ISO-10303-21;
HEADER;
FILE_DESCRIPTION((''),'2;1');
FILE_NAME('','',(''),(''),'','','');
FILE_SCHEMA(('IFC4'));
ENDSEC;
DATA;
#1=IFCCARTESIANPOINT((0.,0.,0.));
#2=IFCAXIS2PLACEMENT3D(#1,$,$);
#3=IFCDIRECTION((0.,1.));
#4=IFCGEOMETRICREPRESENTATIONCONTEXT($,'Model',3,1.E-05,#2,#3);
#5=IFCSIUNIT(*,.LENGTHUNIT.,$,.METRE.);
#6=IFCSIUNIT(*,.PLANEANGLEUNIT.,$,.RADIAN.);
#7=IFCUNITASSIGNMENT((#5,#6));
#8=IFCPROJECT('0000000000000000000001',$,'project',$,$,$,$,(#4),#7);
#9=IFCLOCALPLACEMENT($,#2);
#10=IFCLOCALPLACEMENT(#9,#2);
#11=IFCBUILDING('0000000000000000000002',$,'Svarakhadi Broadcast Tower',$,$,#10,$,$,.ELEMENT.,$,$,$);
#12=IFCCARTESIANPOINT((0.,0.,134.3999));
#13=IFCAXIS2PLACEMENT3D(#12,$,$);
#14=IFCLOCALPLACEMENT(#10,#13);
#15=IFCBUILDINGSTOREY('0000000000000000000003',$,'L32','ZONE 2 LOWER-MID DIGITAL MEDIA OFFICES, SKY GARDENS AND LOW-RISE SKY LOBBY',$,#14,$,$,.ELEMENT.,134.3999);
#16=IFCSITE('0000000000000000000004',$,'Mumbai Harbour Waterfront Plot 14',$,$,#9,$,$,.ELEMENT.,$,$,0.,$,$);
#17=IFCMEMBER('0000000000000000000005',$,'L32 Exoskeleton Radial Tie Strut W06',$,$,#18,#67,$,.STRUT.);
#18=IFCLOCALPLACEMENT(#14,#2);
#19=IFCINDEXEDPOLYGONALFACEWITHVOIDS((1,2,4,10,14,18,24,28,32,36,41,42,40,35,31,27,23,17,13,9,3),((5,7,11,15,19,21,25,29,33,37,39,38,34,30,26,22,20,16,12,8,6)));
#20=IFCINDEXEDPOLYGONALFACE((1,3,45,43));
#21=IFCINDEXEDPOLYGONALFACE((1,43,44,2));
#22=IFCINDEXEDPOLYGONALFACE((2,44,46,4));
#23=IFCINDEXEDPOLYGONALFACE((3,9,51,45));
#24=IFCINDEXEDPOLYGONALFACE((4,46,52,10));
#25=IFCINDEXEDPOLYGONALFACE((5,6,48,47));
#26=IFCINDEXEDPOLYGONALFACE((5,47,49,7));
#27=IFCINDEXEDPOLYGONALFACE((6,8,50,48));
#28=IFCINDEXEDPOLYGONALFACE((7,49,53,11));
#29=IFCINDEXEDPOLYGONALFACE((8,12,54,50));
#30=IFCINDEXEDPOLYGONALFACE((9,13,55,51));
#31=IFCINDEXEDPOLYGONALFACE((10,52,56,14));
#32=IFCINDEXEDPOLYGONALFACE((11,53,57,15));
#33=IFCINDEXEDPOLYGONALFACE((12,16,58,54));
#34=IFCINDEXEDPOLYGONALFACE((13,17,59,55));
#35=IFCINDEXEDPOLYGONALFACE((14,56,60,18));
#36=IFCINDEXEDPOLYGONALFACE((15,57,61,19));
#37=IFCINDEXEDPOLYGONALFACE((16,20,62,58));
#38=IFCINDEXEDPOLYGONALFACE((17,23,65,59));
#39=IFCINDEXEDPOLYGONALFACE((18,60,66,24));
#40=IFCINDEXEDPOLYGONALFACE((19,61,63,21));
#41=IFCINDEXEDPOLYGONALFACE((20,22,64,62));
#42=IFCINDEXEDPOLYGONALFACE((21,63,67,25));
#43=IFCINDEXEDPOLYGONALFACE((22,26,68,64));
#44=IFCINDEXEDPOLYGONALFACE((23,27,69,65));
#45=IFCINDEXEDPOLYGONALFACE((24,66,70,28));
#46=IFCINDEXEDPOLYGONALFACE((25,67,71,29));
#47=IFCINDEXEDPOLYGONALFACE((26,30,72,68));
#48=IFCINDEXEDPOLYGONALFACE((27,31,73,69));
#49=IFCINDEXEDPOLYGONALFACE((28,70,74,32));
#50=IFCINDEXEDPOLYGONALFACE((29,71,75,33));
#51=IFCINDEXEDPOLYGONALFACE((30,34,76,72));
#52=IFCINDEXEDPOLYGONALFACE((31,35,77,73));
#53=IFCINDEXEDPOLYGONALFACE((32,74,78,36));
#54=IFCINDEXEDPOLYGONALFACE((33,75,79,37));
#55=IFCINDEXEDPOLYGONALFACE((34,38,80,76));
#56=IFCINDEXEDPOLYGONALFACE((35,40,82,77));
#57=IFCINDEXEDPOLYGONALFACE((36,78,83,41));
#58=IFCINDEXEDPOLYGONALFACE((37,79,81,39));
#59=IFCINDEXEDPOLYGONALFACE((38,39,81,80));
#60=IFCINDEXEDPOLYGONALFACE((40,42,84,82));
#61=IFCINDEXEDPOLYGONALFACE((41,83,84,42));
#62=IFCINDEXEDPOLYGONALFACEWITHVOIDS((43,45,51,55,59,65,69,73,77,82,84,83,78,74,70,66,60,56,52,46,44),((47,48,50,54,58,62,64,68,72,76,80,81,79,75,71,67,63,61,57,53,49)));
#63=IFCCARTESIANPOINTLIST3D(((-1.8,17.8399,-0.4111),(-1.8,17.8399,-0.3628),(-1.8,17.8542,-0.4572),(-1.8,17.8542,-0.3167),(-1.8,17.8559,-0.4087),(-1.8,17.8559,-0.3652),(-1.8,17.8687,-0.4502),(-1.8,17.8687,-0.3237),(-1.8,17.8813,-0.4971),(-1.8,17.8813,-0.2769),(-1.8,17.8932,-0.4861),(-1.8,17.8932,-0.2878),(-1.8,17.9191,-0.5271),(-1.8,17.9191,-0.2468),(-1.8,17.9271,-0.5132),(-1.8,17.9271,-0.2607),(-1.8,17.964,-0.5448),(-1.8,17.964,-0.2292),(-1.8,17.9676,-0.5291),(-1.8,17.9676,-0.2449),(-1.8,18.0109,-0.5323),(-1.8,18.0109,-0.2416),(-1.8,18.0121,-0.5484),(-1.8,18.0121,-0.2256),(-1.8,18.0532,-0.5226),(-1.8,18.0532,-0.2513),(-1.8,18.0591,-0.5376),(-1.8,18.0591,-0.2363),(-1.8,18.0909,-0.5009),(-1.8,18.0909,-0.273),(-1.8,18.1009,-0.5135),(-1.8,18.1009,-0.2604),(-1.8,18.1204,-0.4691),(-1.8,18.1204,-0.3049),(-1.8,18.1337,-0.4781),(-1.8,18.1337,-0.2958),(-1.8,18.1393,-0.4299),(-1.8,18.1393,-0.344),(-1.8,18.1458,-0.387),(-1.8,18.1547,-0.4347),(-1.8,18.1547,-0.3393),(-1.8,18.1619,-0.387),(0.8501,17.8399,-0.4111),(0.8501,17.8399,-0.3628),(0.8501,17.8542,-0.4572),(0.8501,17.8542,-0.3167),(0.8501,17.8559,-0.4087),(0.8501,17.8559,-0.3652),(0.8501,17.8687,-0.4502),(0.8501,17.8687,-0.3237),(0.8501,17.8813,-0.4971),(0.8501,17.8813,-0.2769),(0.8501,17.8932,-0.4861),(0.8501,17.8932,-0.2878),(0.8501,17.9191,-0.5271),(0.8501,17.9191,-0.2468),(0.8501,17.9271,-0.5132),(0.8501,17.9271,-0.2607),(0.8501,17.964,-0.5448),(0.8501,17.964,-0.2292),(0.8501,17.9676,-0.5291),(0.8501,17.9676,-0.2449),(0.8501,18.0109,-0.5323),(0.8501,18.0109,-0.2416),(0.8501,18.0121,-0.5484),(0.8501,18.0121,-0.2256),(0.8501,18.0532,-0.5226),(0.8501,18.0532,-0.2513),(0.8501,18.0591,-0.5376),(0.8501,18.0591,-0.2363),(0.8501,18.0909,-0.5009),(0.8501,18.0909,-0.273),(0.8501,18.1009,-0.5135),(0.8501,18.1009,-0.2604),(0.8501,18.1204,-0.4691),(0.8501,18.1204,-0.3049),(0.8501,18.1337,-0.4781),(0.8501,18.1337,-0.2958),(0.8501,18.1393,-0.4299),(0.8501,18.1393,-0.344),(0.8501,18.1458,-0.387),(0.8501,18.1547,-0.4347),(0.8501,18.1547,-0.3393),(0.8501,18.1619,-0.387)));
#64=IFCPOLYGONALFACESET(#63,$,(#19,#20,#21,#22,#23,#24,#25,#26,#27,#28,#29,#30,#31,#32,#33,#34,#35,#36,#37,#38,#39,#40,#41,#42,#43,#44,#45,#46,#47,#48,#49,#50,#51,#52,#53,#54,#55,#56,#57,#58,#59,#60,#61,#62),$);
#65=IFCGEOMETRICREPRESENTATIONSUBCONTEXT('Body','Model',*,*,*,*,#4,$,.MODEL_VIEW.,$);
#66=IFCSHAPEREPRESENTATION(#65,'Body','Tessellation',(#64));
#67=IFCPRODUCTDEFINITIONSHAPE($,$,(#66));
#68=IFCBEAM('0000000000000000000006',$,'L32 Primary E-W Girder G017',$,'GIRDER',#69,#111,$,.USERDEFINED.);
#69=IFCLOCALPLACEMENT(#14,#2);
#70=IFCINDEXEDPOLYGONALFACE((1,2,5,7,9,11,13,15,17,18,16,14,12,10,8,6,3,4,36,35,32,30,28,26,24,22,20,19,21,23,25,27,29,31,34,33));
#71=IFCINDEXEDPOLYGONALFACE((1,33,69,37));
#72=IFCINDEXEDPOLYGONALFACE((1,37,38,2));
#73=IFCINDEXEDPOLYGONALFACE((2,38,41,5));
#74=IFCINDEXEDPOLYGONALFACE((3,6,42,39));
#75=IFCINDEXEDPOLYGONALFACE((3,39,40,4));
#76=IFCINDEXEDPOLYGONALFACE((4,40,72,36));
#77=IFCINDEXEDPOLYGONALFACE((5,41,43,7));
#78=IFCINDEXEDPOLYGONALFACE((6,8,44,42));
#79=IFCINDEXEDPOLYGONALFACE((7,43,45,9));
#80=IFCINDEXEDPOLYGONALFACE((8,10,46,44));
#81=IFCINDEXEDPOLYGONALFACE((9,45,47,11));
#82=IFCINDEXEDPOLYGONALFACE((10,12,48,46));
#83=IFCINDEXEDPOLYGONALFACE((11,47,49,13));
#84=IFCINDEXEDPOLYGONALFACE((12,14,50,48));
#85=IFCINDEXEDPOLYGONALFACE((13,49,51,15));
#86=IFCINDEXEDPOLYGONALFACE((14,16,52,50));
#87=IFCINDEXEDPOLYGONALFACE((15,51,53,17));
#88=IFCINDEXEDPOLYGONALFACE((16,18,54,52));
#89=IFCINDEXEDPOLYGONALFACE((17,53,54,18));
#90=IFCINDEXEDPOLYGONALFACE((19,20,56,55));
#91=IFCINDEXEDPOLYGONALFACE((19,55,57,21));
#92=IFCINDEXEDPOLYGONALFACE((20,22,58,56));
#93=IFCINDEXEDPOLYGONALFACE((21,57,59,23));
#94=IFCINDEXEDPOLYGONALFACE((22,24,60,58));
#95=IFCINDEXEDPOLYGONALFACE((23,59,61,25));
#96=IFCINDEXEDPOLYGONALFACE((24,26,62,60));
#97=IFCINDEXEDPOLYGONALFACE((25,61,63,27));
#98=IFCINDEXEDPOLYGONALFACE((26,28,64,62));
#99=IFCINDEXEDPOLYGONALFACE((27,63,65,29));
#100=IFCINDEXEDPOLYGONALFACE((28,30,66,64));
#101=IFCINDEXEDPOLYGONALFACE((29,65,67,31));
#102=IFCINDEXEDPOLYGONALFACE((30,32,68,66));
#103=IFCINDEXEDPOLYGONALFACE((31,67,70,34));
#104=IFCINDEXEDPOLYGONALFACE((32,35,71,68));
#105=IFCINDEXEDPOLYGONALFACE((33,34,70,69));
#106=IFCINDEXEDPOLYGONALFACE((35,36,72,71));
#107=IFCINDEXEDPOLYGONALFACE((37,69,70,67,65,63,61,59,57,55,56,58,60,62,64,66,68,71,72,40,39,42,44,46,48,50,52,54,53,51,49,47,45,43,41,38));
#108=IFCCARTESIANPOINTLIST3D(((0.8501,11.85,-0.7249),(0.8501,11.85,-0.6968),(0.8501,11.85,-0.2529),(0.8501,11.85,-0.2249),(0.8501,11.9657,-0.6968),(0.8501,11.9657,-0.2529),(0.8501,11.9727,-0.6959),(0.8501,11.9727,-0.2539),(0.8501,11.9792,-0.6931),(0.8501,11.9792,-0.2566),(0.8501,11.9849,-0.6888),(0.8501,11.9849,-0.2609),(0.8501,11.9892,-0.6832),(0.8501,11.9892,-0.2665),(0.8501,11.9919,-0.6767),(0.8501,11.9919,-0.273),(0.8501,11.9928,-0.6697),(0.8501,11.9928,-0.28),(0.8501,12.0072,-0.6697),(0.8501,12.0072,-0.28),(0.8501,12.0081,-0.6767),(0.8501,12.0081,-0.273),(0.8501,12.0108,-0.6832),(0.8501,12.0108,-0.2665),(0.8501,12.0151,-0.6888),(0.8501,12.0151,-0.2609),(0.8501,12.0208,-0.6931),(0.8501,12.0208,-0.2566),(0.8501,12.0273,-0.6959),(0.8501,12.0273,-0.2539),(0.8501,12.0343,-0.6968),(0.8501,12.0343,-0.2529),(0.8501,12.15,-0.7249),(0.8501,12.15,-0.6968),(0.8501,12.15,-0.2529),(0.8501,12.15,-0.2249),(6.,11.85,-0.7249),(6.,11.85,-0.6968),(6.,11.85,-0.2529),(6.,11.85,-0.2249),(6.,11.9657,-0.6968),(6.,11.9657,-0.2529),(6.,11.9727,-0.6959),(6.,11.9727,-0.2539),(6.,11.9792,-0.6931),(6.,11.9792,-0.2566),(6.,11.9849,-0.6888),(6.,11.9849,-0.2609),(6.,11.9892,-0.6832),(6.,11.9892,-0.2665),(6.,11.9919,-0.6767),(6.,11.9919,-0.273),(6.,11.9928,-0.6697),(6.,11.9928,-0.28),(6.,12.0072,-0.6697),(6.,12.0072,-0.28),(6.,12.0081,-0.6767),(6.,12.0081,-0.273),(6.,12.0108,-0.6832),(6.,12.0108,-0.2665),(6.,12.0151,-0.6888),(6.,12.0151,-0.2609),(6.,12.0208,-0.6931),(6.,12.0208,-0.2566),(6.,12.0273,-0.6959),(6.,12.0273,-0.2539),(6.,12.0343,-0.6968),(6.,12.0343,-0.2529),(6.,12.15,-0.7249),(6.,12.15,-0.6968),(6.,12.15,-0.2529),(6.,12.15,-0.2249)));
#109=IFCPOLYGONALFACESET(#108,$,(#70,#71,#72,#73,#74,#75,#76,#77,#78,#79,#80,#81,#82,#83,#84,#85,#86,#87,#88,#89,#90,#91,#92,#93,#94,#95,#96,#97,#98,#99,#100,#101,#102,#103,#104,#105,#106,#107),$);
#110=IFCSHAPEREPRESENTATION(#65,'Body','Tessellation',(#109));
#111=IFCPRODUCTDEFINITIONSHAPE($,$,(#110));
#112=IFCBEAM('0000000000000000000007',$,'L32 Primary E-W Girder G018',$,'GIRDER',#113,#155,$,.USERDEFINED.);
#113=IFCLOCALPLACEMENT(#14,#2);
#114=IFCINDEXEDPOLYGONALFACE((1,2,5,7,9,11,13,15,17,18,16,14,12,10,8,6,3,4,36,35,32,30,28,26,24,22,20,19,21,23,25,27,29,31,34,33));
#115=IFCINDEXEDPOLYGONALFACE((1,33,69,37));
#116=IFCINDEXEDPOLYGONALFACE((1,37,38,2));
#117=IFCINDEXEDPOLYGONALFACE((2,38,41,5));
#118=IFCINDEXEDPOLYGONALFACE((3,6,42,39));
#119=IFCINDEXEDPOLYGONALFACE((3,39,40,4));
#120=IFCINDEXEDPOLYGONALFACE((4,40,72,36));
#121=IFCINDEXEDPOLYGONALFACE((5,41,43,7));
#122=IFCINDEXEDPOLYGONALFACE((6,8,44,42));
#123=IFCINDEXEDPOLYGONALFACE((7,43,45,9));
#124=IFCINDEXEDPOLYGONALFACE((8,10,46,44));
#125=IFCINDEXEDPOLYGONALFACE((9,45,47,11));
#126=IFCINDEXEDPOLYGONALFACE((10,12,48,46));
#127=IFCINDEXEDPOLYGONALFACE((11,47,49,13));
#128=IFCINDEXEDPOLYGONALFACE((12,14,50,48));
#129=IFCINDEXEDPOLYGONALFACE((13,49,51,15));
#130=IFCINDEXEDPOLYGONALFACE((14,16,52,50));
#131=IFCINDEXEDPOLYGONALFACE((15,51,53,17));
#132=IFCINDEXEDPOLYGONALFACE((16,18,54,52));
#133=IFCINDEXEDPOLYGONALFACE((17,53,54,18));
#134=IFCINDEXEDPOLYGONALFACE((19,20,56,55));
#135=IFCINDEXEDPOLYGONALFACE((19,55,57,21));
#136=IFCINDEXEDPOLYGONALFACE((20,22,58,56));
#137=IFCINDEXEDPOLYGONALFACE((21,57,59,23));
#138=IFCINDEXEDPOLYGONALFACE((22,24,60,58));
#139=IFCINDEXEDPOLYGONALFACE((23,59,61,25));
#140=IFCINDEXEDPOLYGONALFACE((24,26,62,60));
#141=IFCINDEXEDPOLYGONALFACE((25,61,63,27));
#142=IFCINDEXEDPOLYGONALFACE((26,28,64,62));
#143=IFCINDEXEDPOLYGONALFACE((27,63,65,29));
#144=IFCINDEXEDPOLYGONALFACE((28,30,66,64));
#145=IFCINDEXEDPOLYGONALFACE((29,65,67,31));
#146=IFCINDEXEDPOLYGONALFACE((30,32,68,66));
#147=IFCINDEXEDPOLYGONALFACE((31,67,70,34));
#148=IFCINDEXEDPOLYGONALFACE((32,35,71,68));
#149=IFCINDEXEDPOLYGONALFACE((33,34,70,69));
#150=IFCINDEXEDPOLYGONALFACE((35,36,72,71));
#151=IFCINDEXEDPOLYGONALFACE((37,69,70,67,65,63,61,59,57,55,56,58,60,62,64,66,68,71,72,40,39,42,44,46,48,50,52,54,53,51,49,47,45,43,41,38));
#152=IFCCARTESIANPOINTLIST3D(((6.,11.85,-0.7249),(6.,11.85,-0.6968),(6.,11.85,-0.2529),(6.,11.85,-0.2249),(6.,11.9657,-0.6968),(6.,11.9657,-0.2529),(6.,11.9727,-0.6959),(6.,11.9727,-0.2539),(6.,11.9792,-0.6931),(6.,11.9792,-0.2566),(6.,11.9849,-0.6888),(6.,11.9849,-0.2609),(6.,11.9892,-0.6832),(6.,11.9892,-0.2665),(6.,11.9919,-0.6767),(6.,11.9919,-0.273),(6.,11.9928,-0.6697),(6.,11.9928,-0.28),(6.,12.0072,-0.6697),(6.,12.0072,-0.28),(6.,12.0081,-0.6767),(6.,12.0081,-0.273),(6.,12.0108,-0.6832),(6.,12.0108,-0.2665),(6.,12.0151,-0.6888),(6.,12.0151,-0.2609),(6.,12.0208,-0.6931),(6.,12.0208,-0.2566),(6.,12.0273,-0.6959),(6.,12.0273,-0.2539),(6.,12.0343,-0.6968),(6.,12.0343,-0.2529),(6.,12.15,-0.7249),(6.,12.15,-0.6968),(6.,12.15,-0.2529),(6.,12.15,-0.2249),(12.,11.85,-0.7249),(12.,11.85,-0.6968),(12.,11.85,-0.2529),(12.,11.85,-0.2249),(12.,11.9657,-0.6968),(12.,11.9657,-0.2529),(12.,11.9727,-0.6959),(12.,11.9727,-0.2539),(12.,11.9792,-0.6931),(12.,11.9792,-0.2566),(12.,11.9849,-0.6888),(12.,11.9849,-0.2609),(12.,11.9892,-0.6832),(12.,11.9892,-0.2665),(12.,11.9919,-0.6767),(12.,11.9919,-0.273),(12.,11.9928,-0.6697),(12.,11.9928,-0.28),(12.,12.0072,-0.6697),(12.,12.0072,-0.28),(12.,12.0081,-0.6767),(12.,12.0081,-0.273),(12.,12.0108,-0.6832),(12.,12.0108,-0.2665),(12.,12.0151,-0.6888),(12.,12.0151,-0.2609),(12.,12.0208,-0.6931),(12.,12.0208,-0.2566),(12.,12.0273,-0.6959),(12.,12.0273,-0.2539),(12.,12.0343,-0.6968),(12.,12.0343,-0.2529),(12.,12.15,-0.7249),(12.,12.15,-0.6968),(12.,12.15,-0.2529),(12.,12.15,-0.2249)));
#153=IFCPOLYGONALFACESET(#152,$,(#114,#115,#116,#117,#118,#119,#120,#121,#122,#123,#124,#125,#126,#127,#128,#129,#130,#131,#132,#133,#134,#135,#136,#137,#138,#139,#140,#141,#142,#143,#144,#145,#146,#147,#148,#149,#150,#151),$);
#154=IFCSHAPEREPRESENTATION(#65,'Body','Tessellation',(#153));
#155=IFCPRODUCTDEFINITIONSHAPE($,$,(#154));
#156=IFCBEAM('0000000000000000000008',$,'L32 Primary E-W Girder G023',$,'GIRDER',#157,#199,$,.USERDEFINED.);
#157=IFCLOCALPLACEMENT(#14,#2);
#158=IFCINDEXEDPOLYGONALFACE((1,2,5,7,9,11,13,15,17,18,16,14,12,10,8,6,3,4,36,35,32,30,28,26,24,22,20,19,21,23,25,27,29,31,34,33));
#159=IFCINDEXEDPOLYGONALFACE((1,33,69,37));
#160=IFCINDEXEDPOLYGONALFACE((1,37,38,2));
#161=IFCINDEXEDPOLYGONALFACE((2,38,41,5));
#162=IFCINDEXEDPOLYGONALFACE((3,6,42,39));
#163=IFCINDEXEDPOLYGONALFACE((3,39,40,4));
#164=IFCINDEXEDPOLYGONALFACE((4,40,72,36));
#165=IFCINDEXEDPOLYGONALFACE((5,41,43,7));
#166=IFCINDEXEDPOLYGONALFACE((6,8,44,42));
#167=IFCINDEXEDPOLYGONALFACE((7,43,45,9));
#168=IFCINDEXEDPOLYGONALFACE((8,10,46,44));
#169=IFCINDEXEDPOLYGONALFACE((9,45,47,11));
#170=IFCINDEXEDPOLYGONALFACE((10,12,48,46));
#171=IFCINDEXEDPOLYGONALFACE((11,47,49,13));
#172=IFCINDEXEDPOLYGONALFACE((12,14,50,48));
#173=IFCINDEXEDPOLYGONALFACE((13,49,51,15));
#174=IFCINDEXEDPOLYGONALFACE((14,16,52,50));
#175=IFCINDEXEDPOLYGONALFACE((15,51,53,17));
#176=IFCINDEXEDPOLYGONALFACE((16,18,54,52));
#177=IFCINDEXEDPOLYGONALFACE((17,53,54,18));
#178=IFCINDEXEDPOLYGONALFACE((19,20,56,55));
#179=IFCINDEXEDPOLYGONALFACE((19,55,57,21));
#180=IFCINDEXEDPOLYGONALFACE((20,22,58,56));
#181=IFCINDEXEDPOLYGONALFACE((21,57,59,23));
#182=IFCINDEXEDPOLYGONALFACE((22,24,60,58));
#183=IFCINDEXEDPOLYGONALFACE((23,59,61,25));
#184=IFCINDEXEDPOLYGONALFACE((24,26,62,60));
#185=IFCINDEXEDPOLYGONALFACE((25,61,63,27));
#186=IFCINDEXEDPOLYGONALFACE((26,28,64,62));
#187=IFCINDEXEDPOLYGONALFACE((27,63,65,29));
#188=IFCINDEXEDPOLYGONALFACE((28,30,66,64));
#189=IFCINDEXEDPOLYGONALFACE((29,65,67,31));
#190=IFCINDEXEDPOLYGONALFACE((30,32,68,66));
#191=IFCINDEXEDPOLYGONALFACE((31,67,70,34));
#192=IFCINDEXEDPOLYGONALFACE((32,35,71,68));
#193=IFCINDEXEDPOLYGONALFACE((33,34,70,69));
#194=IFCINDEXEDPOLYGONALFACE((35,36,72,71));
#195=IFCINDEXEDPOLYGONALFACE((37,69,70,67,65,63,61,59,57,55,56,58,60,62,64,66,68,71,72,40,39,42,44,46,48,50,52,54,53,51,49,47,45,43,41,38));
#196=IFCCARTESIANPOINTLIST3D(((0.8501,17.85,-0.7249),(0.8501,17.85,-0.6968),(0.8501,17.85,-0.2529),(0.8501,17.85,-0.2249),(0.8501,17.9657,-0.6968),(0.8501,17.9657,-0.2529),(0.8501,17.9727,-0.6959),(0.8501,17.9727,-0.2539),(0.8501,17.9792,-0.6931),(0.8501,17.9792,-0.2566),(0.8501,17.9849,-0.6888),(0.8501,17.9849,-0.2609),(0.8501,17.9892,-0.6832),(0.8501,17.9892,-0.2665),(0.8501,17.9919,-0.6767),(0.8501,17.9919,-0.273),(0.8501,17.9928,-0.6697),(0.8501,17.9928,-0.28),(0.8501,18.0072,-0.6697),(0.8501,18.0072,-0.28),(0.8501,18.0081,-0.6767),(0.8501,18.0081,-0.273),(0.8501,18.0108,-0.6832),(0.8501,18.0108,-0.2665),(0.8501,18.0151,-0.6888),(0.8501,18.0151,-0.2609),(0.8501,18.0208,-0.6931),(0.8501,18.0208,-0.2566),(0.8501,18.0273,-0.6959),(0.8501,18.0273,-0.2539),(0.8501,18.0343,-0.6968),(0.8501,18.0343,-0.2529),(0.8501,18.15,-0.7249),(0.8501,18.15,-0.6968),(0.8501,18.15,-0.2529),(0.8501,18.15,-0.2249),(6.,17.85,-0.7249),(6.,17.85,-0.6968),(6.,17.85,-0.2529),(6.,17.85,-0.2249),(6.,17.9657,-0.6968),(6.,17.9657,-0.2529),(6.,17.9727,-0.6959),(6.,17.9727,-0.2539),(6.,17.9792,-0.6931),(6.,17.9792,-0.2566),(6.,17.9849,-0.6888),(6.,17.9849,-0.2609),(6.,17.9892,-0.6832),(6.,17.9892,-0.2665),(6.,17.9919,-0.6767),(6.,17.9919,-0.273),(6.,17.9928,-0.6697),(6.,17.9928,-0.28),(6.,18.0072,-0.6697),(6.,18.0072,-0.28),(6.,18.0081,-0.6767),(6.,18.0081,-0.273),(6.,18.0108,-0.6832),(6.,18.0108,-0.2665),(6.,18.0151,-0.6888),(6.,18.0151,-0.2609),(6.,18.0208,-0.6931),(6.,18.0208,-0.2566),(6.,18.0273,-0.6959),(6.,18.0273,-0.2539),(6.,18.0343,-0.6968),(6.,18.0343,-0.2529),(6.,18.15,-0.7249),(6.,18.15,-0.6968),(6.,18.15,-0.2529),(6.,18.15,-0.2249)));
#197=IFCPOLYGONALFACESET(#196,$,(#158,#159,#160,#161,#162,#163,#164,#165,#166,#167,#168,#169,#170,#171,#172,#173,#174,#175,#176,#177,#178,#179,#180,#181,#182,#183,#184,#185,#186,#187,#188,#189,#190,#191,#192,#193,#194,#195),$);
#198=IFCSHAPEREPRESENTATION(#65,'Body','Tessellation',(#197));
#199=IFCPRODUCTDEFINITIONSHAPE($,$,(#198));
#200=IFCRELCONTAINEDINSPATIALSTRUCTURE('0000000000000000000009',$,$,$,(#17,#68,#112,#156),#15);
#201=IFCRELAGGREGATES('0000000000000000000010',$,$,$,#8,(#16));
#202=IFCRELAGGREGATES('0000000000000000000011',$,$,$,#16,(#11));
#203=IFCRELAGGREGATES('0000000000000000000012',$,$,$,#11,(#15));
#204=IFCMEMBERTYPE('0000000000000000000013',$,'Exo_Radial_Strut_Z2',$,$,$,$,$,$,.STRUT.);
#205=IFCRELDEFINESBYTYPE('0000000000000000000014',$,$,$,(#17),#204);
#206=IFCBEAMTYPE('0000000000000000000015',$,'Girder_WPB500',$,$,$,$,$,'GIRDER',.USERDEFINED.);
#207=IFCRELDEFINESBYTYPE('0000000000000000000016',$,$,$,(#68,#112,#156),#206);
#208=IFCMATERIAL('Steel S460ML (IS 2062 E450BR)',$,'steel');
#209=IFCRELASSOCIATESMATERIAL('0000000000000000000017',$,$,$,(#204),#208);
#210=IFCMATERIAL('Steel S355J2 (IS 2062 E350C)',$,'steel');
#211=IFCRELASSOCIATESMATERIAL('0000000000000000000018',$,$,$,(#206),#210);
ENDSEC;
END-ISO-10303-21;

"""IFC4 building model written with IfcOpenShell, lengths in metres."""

from ifc_helpers import new_model, si_unit, direction, frame, origin, origin_2d, place, context, subcontext, project, spatial, hollow_circle, i_section, extrude, material, material_profile, profile_set, type_object, element, save


model = new_model("IFC4")

# Units and contexts
model_context = context("Model", 3, precision=1e-05, world=origin(), true_north=direction((0.0, 1.0)))
body_context = subcontext(model_context, "Body", "Model", "MODEL_VIEW")
ifc_project = project(units=[si_unit("LENGTHUNIT", "METRE"), si_unit("PLANEANGLEUNIT", "RADIAN")], contexts=[model_context])

# Site, building, storey
site_placement = place(None, origin())
site = spatial("IfcSite", under=ifc_project, at=site_placement, Name="Mumbai Harbour Waterfront Plot 14", CompositionType="ELEMENT", RefElevation=0.0)
building_placement = place(site_placement, origin())
building = spatial("IfcBuilding", under=site, at=building_placement, Name="Svarakhadi Broadcast Tower", CompositionType="ELEMENT")
storey_placement = place(building_placement, frame((0.0, 0.0, 134.3999)))
storey = spatial("IfcBuildingStorey", under=building, at=storey_placement, Name="L32", Description="ZONE 2 LOWER-MID DIGITAL MEDIA OFFICES, SKY GARDENS AND LOW-RISE SKY LOBBY", CompositionType="ELEMENT", Elevation=134.3999)

# Shared definitions
ifc_material_1 = material(Name="Steel S460ML (IS 2062 E450BR)", Category="steel")

# Shared definitions
ifc_material_2 = material(Name="Steel S355J2 (IS 2062 E350C)", Category="steel")

# Member
ifc_material_profile_1 = material_profile(ifc_material_1, hollow_circle(Radius=0.1619, WallThickness=0.0161, at=origin_2d()), Name="CHS 323.9x16")
ifc_profile_set_1 = profile_set([ifc_material_profile_1], Name="Steel S460ML (IS 2062 E450BR)")
member_type_1 = type_object("IfcMemberType", Name="Exo_Radial_Strut_Z2", PredefinedType="STRUT", material=ifc_profile_set_1)
member_1_placement = place(storey_placement, frame((-1.8, 18.0, -0.387), z_axis=(1.0, 0.0, 0.0), x_axis=(0.0, 1.0, 0.0)))
element("IfcMember", 1, at=member_1_placement, inside=storey, type_object=member_type_1, Name="L32 Exoskeleton Radial Tie Strut W06", PredefinedType="STRUT", context=body_context, shape_type="SweptSolid", body=[
    extrude(hollow_circle(Radius=0.1619, WallThickness=0.0161, at=origin_2d()), origin(), (0.0, 0.0, 1.0), 2.6501),
])

# Beams
ifc_material_profile_2 = material_profile(ifc_material_2, i_section(OverallWidth=0.3, OverallDepth=0.5, WebThickness=0.0144, FlangeThickness=0.0281, FilletRadius=0.0271, at=origin_2d()), Name="WPB 500x300x187")
ifc_profile_set_2 = profile_set([ifc_material_profile_2], Name="Steel S355J2 (IS 2062 E350C)")
beam_type_1 = type_object("IfcBeamType", Name="Girder_WPB500", ElementType="GIRDER", PredefinedType="USERDEFINED", material=ifc_profile_set_2)
beam_1_placement = place(storey_placement, frame((0.8501, 12.0, -0.4749), z_axis=(1.0, 0.0, 0.0), x_axis=(0.0, 1.0, 0.0)))
element("IfcBeam", 2, at=beam_1_placement, inside=storey, type_object=beam_type_1, Name="L32 Primary E-W Girder G017", ObjectType="GIRDER", PredefinedType="USERDEFINED", context=body_context, shape_type="SweptSolid", body=[
    extrude(i_section(OverallWidth=0.3, OverallDepth=0.5, WebThickness=0.0144, FlangeThickness=0.0281, FilletRadius=0.0271, at=origin_2d()), origin(), (0.0, 0.0, 1.0), 5.1499),
])
beam_2_placement = place(storey_placement, frame((6.0, 12.0, -0.4749), z_axis=(1.0, 0.0, 0.0), x_axis=(0.0, 1.0, 0.0)))
element("IfcBeam", 3, at=beam_2_placement, inside=storey, type_object=beam_type_1, Name="L32 Primary E-W Girder G018", ObjectType="GIRDER", PredefinedType="USERDEFINED", context=body_context, shape_type="SweptSolid", body=[
    extrude(i_section(OverallWidth=0.3, OverallDepth=0.5, WebThickness=0.0144, FlangeThickness=0.0281, FilletRadius=0.0271, at=origin_2d()), origin(), (0.0, 0.0, 1.0), 6.0),
])
beam_3_placement = place(storey_placement, frame((0.8501, 18.0, -0.4749), z_axis=(1.0, 0.0, 0.0), x_axis=(0.0, 1.0, 0.0)))
element("IfcBeam", 4, at=beam_3_placement, inside=storey, type_object=beam_type_1, Name="L32 Primary E-W Girder G023", ObjectType="GIRDER", PredefinedType="USERDEFINED", context=body_context, shape_type="SweptSolid", body=[
    extrude(i_section(OverallWidth=0.3, OverallDepth=0.5, WebThickness=0.0144, FlangeThickness=0.0281, FilletRadius=0.0271, at=origin_2d()), origin(), (0.0, 0.0, 1.0), 5.1499),
])

save(model, "model.ifc")
